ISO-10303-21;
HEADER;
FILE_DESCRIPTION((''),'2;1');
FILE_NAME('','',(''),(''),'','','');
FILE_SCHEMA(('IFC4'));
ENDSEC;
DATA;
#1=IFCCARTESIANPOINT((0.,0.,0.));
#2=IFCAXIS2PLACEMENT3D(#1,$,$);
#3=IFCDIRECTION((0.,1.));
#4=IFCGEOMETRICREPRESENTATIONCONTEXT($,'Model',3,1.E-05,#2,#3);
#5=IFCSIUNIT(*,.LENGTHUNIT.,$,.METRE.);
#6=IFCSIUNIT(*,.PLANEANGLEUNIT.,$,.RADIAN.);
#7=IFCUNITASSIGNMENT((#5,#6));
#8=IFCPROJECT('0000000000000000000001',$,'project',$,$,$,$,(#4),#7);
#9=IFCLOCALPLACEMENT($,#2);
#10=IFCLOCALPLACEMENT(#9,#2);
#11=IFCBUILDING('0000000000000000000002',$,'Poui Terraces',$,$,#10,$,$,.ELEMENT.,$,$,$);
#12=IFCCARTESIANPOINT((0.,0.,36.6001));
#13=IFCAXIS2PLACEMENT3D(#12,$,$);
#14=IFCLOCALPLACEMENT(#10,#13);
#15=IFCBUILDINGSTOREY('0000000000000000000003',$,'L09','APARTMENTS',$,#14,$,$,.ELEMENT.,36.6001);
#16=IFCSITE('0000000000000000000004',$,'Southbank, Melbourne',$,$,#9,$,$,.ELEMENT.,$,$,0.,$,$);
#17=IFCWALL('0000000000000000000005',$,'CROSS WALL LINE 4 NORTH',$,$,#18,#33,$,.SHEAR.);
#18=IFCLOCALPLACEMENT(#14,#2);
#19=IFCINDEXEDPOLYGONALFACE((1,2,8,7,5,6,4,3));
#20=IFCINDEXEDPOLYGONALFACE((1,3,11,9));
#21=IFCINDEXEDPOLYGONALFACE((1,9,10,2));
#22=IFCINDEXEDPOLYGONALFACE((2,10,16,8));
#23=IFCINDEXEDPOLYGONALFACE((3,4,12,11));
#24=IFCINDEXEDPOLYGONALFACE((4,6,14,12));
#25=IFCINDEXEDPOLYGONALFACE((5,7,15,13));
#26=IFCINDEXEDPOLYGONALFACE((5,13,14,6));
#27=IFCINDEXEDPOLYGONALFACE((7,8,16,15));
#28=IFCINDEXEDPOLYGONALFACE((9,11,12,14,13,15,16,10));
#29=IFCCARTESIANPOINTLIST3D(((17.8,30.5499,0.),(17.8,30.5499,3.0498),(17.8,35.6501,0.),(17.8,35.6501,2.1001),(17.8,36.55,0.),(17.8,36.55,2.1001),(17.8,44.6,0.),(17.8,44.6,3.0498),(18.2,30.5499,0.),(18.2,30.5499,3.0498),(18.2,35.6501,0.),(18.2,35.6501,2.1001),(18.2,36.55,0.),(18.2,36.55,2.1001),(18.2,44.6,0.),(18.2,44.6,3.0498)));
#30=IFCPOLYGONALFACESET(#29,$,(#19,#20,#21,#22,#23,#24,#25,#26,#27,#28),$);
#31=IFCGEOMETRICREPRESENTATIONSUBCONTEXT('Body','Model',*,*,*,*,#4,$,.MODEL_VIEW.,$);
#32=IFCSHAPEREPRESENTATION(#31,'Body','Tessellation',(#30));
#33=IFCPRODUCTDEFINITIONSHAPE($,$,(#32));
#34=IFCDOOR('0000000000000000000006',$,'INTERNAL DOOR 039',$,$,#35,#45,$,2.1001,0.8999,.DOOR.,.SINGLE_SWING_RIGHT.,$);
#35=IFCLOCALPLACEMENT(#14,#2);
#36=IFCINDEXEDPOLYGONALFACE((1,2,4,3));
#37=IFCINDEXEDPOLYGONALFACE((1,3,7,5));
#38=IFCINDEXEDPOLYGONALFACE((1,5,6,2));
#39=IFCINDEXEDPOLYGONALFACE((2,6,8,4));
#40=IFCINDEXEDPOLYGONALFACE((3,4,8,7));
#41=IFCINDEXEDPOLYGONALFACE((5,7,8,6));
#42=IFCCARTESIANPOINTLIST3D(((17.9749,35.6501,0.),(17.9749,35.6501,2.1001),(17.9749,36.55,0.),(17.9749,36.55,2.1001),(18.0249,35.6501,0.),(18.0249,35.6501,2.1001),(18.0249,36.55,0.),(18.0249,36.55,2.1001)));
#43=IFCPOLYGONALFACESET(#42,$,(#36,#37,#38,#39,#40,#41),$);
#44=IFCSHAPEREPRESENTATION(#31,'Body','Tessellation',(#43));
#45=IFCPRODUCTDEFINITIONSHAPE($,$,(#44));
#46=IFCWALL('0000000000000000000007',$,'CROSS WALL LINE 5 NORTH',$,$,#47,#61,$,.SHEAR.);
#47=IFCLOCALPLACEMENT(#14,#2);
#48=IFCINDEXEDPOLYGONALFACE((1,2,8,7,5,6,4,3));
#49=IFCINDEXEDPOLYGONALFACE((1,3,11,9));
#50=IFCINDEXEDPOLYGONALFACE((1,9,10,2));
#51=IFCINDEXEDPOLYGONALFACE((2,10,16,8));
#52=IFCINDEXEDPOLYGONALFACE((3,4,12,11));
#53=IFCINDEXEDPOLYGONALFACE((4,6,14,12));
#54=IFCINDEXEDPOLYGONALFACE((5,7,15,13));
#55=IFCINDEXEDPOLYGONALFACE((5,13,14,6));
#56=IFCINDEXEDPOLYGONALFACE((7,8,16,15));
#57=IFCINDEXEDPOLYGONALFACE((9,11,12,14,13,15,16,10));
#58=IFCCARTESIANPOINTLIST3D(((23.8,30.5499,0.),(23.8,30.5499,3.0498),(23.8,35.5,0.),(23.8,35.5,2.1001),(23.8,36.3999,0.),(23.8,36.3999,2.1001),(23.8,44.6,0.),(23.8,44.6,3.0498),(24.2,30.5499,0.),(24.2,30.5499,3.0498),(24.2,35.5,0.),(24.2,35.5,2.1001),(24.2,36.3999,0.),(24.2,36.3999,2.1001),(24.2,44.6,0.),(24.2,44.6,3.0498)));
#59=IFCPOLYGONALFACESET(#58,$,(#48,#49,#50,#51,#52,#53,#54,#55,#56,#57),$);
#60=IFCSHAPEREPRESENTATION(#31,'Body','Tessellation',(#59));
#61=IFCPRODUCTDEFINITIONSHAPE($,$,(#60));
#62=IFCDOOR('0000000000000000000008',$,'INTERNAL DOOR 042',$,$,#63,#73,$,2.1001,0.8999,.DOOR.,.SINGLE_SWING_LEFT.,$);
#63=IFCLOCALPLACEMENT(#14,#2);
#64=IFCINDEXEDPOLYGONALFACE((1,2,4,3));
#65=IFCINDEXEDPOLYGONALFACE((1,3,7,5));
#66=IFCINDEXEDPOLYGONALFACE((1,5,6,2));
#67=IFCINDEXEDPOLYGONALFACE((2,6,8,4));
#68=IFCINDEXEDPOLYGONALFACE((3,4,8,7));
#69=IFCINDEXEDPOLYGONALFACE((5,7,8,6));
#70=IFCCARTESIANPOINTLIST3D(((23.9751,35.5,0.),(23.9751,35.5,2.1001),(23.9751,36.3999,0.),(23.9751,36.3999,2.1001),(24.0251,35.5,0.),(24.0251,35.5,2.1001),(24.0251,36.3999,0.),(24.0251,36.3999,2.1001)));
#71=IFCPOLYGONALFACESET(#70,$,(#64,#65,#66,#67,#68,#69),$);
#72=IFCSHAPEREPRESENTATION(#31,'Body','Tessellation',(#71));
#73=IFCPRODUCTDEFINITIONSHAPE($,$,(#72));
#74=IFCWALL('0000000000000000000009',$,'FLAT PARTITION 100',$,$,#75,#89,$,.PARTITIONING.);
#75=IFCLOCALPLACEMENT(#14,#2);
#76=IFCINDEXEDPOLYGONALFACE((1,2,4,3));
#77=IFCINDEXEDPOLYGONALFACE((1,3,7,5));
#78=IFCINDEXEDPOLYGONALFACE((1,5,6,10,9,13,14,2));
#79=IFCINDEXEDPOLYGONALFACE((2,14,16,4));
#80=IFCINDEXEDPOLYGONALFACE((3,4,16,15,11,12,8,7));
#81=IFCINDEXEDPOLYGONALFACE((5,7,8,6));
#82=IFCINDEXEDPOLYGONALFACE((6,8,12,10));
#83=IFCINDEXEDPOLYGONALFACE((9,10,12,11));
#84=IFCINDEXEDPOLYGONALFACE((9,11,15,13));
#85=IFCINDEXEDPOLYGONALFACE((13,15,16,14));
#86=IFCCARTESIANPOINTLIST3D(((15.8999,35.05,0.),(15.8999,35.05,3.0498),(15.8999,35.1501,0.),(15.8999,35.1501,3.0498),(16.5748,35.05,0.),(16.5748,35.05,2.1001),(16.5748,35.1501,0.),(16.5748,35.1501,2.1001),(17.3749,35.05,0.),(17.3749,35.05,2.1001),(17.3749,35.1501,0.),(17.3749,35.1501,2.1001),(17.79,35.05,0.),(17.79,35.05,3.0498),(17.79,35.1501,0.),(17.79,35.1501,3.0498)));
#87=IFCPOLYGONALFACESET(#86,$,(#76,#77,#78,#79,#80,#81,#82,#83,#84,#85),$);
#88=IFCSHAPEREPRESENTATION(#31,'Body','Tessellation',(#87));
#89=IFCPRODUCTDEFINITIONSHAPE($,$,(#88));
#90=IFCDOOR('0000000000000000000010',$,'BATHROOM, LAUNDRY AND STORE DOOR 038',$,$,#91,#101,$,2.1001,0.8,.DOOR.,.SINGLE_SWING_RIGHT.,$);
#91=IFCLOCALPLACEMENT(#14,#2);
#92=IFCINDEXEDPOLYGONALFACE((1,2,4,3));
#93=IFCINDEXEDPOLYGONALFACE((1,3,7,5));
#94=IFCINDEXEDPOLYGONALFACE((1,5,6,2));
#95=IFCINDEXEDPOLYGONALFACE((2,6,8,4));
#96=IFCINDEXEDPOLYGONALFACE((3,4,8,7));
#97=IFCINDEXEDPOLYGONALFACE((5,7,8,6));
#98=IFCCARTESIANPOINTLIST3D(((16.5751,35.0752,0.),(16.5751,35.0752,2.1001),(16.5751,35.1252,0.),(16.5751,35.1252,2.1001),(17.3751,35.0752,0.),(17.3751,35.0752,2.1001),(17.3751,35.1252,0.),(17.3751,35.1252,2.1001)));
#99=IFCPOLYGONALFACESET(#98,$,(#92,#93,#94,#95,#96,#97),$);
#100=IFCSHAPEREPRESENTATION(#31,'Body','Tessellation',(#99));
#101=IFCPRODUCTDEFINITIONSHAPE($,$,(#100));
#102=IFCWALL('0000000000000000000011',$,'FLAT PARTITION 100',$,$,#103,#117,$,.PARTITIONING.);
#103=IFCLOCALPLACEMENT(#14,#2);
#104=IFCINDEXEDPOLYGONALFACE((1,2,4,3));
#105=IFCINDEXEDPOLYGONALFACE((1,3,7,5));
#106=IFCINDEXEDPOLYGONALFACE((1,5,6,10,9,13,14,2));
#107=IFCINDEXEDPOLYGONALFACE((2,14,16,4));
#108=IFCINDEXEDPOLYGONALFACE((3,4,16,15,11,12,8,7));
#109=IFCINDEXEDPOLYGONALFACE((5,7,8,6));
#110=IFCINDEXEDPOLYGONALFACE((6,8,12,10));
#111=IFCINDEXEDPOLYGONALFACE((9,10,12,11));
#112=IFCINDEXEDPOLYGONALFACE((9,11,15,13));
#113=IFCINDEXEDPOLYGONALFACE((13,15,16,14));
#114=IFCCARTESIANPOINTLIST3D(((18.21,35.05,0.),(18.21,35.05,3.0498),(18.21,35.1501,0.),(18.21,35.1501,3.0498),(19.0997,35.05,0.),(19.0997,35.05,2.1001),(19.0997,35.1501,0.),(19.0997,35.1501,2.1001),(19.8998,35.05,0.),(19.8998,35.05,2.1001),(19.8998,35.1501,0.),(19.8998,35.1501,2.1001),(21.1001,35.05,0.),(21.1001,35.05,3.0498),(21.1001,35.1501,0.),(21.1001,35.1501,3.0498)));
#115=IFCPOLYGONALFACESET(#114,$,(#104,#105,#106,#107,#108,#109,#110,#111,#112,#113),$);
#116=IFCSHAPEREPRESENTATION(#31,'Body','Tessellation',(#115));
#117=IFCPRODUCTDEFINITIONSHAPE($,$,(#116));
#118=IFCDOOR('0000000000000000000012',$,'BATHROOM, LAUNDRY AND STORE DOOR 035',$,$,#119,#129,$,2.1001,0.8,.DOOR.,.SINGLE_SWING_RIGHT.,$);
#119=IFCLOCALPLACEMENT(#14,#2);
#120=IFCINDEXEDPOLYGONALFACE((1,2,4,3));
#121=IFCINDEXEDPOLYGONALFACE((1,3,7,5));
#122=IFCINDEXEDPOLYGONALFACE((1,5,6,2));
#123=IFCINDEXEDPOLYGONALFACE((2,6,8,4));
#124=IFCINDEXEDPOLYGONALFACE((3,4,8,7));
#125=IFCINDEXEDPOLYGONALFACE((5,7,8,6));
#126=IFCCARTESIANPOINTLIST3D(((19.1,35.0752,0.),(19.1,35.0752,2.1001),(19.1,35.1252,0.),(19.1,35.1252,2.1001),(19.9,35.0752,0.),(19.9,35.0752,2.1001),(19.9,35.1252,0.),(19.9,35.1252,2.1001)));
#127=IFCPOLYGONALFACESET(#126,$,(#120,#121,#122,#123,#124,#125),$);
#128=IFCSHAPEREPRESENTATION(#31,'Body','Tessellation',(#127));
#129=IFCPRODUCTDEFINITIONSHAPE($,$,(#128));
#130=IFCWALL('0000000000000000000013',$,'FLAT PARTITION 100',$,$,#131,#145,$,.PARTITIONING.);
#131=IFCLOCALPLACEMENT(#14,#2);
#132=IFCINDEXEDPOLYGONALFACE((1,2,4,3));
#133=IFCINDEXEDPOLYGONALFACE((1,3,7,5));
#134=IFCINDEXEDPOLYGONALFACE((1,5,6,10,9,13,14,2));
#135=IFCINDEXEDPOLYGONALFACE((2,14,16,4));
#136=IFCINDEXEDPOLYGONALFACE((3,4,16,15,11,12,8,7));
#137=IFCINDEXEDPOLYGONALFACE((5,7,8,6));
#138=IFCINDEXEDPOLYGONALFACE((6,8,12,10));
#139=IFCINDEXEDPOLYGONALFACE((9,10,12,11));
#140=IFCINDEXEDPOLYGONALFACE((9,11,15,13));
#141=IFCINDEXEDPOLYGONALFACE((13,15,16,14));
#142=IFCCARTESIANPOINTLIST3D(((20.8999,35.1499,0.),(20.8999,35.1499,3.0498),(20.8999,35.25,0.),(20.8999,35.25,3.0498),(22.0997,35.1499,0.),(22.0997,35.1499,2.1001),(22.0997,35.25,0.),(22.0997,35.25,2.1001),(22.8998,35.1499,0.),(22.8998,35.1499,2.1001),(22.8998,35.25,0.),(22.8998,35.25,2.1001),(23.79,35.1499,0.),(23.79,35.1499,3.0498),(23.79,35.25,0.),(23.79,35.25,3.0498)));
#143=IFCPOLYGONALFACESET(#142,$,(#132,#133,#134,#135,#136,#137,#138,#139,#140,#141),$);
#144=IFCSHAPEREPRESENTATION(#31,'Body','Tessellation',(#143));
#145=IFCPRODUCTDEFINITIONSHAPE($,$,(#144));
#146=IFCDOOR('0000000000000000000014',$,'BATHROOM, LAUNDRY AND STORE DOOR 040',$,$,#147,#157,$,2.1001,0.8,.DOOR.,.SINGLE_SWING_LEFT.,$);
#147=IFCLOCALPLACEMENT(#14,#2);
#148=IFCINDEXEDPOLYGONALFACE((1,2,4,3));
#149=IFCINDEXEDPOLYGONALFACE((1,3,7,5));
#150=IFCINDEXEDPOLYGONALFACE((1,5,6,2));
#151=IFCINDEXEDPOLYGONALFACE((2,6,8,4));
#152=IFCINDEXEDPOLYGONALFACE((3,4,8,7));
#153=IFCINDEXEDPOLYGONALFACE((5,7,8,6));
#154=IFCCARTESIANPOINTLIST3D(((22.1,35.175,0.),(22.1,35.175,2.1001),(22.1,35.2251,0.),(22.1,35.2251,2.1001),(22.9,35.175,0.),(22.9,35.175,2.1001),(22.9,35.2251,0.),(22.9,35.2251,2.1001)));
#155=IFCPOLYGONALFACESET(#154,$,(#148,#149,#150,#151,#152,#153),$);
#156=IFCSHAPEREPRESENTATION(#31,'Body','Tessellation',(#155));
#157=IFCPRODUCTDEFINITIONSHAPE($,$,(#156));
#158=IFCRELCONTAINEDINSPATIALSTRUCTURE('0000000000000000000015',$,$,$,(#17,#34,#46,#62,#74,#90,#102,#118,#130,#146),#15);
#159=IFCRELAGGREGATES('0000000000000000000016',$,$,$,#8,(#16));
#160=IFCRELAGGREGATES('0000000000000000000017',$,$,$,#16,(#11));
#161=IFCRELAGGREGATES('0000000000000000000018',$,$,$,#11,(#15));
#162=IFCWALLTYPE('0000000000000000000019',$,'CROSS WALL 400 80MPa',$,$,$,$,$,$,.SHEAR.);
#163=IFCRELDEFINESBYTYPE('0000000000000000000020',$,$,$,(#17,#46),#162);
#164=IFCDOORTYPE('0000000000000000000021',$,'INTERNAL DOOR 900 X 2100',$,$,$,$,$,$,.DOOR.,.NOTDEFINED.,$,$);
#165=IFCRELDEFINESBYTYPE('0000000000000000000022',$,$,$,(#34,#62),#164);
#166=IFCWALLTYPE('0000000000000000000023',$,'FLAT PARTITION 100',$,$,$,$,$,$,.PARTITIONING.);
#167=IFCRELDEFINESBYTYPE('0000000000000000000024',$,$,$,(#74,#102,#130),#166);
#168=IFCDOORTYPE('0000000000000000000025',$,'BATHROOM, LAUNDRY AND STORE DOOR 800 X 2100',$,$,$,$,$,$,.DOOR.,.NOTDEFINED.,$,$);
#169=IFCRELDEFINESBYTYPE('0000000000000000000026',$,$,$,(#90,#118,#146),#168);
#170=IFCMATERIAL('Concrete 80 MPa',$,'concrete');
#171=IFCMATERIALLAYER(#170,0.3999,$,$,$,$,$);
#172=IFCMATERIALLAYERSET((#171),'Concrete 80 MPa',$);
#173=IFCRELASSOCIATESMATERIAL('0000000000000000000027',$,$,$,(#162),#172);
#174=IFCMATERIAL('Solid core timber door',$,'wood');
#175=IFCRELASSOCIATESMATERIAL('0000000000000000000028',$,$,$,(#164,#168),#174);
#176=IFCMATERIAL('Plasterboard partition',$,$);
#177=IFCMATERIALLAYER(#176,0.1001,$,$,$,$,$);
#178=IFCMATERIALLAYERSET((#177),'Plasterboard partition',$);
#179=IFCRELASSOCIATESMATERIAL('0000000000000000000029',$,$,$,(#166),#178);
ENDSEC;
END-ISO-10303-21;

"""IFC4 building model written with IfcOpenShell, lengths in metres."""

from ifc_helpers import new_model, si_unit, direction, frame, frame_2d, origin, place, context, subcontext, project, spatial, rectangle, extrude, material, layer, layer_set, type_object, element, fill, save


model = new_model("IFC4")

# Units and contexts
model_context = context("Model", 3, precision=1e-05, world=origin(), true_north=direction((0.0, 1.0)))
body_context = subcontext(model_context, "Body", "Model", "MODEL_VIEW")
ifc_project = project(units=[si_unit("LENGTHUNIT", "METRE"), si_unit("PLANEANGLEUNIT", "RADIAN")], contexts=[model_context])

# Site, building, storey
site_placement = place(None, origin())
site = spatial("IfcSite", under=ifc_project, at=site_placement, Name="Southbank, Melbourne", CompositionType="ELEMENT", RefElevation=0.0)
building_placement = place(site_placement, origin())
building = spatial("IfcBuilding", under=site, at=building_placement, Name="Poui Terraces", CompositionType="ELEMENT")
storey_placement = place(building_placement, frame((0.0, 0.0, 36.6001)))
storey = spatial("IfcBuildingStorey", under=building, at=storey_placement, Name="L09", Description="APARTMENTS", CompositionType="ELEMENT", Elevation=36.6001)

# Walls, openings, doors
ifc_material_1 = material(Name="Concrete 80 MPa", Category="concrete")
ifc_layer_1 = layer(ifc_material_1, 0.3999)
ifc_layer_set_1 = layer_set([ifc_layer_1], Name="Concrete 80 MPa")
wall_type_1 = type_object("IfcWallType", Name="CROSS WALL 400 80MPa", PredefinedType="SHEAR", material=ifc_layer_set_1)
wall_1_placement = place(storey_placement, frame((18.0, 30.55, 0.0), z_axis=(0.0, 0.0, 1.0), x_axis=(0.0, 1.0, 0.0)))
wall_1 = element("IfcWall", 1, at=wall_1_placement, inside=storey, type_object=wall_type_1, Name="CROSS WALL LINE 4 NORTH", PredefinedType="SHEAR", context=body_context, shape_type="SweptSolid", body=[
    extrude(rectangle(XDim=14.05, YDim=0.3999, at=frame_2d((7.0249, 0.0))), origin(), (0.0, 0.0, 1.0), 3.0498),
])
opening_1_placement = place(wall_1_placement, frame((5.1001, 0.0, 0.0)))
opening_1 = element("IfcOpeningElement", 2, at=opening_1_placement, cuts=wall_1, PredefinedType="OPENING", context=body_context, shape_type="SweptSolid", body=[
    extrude(rectangle(XDim=0.8999, YDim=2.1001, at=frame_2d((0.45, 1.05))), frame((0.0, 0.21, 0.0), z_axis=(0.0, -1.0, 0.0), x_axis=(1.0, 0.0, 0.0)), (0.0, 0.0, 1.0), 0.4199),
])
ifc_material_2 = material(Name="Solid core timber door", Category="wood")
door_type_1 = type_object("IfcDoorType", Name="INTERNAL DOOR 900 X 2100", OperationType="NOTDEFINED", PredefinedType="DOOR", material=ifc_material_2)
door_1_placement = place(opening_1_placement, frame((0.8999, 0.0, 0.0), z_axis=(0.0, 0.0, 1.0), x_axis=(-1.0, 0.0, 0.0)))
door_1 = element("IfcDoor", 3, at=door_1_placement, inside=storey, type_object=door_type_1, Name="INTERNAL DOOR 039", OperationType="SINGLE_SWING_RIGHT", OverallHeight=2.1001, OverallWidth=0.8999, PredefinedType="DOOR", context=body_context, shape_type="SweptSolid", body=[
    extrude(rectangle(XDim=0.8999, YDim=2.1001, at=frame_2d((0.45, 1.05))), frame((0.0, 0.0249, 0.0), z_axis=(0.0, -1.0, 0.0), x_axis=(1.0, 0.0, 0.0)), (0.0, 0.0, 1.0), 0.05),
])
fill(opening_1, door_1)
wall_2_placement = place(storey_placement, frame((24.0, 30.55, 0.0), z_axis=(0.0, 0.0, 1.0), x_axis=(0.0, 1.0, 0.0)))
wall_2 = element("IfcWall", 4, at=wall_2_placement, inside=storey, type_object=wall_type_1, Name="CROSS WALL LINE 5 NORTH", PredefinedType="SHEAR", context=body_context, shape_type="SweptSolid", body=[
    extrude(rectangle(XDim=14.05, YDim=0.3999, at=frame_2d((7.0249, 0.0))), origin(), (0.0, 0.0, 1.0), 3.0498),
])
opening_2_placement = place(wall_2_placement, frame((4.95, 0.0, 0.0)))
opening_2 = element("IfcOpeningElement", 5, at=opening_2_placement, cuts=wall_2, PredefinedType="OPENING", context=body_context, shape_type="SweptSolid", body=[
    extrude(rectangle(XDim=0.8999, YDim=2.1001, at=frame_2d((0.45, 1.05))), frame((0.0, 0.21, 0.0), z_axis=(0.0, -1.0, 0.0), x_axis=(1.0, 0.0, 0.0)), (0.0, 0.0, 1.0), 0.4199),
])
door_2_placement = place(opening_2_placement, origin())
door_2 = element("IfcDoor", 6, at=door_2_placement, inside=storey, type_object=door_type_1, Name="INTERNAL DOOR 042", OperationType="SINGLE_SWING_LEFT", OverallHeight=2.1001, OverallWidth=0.8999, PredefinedType="DOOR", context=body_context, shape_type="SweptSolid", body=[
    extrude(rectangle(XDim=0.8999, YDim=2.1001, at=frame_2d((0.45, 1.05))), frame((0.0, 0.0249, 0.0), z_axis=(0.0, -1.0, 0.0), x_axis=(1.0, 0.0, 0.0)), (0.0, 0.0, 1.0), 0.05),
])
fill(opening_2, door_2)
ifc_material_3 = material(Name="Plasterboard partition")
ifc_layer_2 = layer(ifc_material_3, 0.1001)
ifc_layer_set_2 = layer_set([ifc_layer_2], Name="Plasterboard partition")
wall_type_2 = type_object("IfcWallType", Name="FLAT PARTITION 100", PredefinedType="PARTITIONING", material=ifc_layer_set_2)
wall_3_placement = place(storey_placement, frame((15.8999, 35.1001, 0.0), z_axis=(0.0, 0.0, 1.0), x_axis=(1.0, 0.0, 0.0)))
wall_3 = element("IfcWall", 7, at=wall_3_placement, inside=storey, type_object=wall_type_2, Name="FLAT PARTITION 100", PredefinedType="PARTITIONING", context=body_context, shape_type="SweptSolid", body=[
    extrude(rectangle(XDim=1.8901, YDim=0.1001, at=frame_2d((0.9451, 0.0))), origin(), (0.0, 0.0, 1.0), 3.0498),
])
opening_3_placement = place(wall_3_placement, frame((0.675, 0.0, 0.0)))
opening_3 = element("IfcOpeningElement", 8, at=opening_3_placement, cuts=wall_3, PredefinedType="OPENING", context=body_context, shape_type="SweptSolid", body=[
    extrude(rectangle(XDim=0.8, YDim=2.1001, at=frame_2d((0.3999, 1.05))), frame((0.0, 0.0601, 0.0), z_axis=(0.0, -1.0, 0.0), x_axis=(1.0, 0.0, 0.0)), (0.0, 0.0, 1.0), 0.1201),
])
door_type_2 = type_object("IfcDoorType", Name="BATHROOM, LAUNDRY AND STORE DOOR 800 X 2100", OperationType="NOTDEFINED", PredefinedType="DOOR", material=ifc_material_2)
door_3_placement = place(opening_3_placement, frame((0.8, 0.0, 0.0), z_axis=(0.0, 0.0, 1.0), x_axis=(-1.0, 0.0, 0.0)))
door_3 = element("IfcDoor", 9, at=door_3_placement, inside=storey, type_object=door_type_2, Name="BATHROOM, LAUNDRY AND STORE DOOR 038", OperationType="SINGLE_SWING_RIGHT", OverallHeight=2.1001, OverallWidth=0.8, PredefinedType="DOOR", context=body_context, shape_type="SweptSolid", body=[
    extrude(rectangle(XDim=0.8, YDim=2.1001, at=frame_2d((0.3999, 1.05))), frame((0.0, 0.0249, 0.0), z_axis=(0.0, -1.0, 0.0), x_axis=(1.0, 0.0, 0.0)), (0.0, 0.0, 1.0), 0.05),
])
fill(opening_3, door_3)
wall_4_placement = place(storey_placement, frame((18.21, 35.1001, 0.0), z_axis=(0.0, 0.0, 1.0), x_axis=(1.0, 0.0, 0.0)))
wall_4 = element("IfcWall", 10, at=wall_4_placement, inside=storey, type_object=wall_type_2, Name="FLAT PARTITION 100", PredefinedType="PARTITIONING", context=body_context, shape_type="SweptSolid", body=[
    extrude(rectangle(XDim=2.8901, YDim=0.1001, at=frame_2d((1.4451, 0.0))), origin(), (0.0, 0.0, 1.0), 3.0498),
])
opening_4_placement = place(wall_4_placement, frame((0.8899, 0.0, 0.0)))
opening_4 = element("IfcOpeningElement", 11, at=opening_4_placement, cuts=wall_4, PredefinedType="OPENING", context=body_context, shape_type="SweptSolid", body=[
    extrude(rectangle(XDim=0.8, YDim=2.1001, at=frame_2d((0.3999, 1.05))), frame((0.0, 0.0601, 0.0), z_axis=(0.0, -1.0, 0.0), x_axis=(1.0, 0.0, 0.0)), (0.0, 0.0, 1.0), 0.1201),
])
door_4_placement = place(opening_4_placement, frame((0.8, 0.0, 0.0), z_axis=(0.0, 0.0, 1.0), x_axis=(-1.0, 0.0, 0.0)))
door_4 = element("IfcDoor", 12, at=door_4_placement, inside=storey, type_object=door_type_2, Name="BATHROOM, LAUNDRY AND STORE DOOR 035", OperationType="SINGLE_SWING_RIGHT", OverallHeight=2.1001, OverallWidth=0.8, PredefinedType="DOOR", context=body_context, shape_type="SweptSolid", body=[
    extrude(rectangle(XDim=0.8, YDim=2.1001, at=frame_2d((0.3999, 1.05))), frame((0.0, 0.0249, 0.0), z_axis=(0.0, -1.0, 0.0), x_axis=(1.0, 0.0, 0.0)), (0.0, 0.0, 1.0), 0.05),
])
fill(opening_4, door_4)
wall_5_placement = place(storey_placement, frame((20.8999, 35.2, 0.0), z_axis=(0.0, 0.0, 1.0), x_axis=(1.0, 0.0, 0.0)))
wall_5 = element("IfcWall", 13, at=wall_5_placement, inside=storey, type_object=wall_type_2, Name="FLAT PARTITION 100", PredefinedType="PARTITIONING", context=body_context, shape_type="SweptSolid", body=[
    extrude(rectangle(XDim=2.8901, YDim=0.1001, at=frame_2d((1.4451, 0.0))), origin(), (0.0, 0.0, 1.0), 3.0498),
])
opening_5_placement = place(wall_5_placement, frame((1.2, 0.0, 0.0)))
opening_5 = element("IfcOpeningElement", 14, at=opening_5_placement, cuts=wall_5, PredefinedType="OPENING", context=body_context, shape_type="SweptSolid", body=[
    extrude(rectangle(XDim=0.8, YDim=2.1001, at=frame_2d((0.3999, 1.05))), frame((0.0, 0.0601, 0.0), z_axis=(0.0, -1.0, 0.0), x_axis=(1.0, 0.0, 0.0)), (0.0, 0.0, 1.0), 0.1201),
])
door_5_placement = place(opening_5_placement, frame((0.8, 0.0, 0.0), z_axis=(0.0, 0.0, 1.0), x_axis=(-1.0, 0.0, 0.0)))
door_5 = element("IfcDoor", 15, at=door_5_placement, inside=storey, type_object=door_type_2, Name="BATHROOM, LAUNDRY AND STORE DOOR 040", OperationType="SINGLE_SWING_LEFT", OverallHeight=2.1001, OverallWidth=0.8, PredefinedType="DOOR", context=body_context, shape_type="SweptSolid", body=[
    extrude(rectangle(XDim=0.8, YDim=2.1001, at=frame_2d((0.3999, 1.05))), frame((0.0, 0.0249, 0.0), z_axis=(0.0, -1.0, 0.0), x_axis=(1.0, 0.0, 0.0)), (0.0, 0.0, 1.0), 0.05),
])
fill(opening_5, door_5)

save(model, "model.ifc")
